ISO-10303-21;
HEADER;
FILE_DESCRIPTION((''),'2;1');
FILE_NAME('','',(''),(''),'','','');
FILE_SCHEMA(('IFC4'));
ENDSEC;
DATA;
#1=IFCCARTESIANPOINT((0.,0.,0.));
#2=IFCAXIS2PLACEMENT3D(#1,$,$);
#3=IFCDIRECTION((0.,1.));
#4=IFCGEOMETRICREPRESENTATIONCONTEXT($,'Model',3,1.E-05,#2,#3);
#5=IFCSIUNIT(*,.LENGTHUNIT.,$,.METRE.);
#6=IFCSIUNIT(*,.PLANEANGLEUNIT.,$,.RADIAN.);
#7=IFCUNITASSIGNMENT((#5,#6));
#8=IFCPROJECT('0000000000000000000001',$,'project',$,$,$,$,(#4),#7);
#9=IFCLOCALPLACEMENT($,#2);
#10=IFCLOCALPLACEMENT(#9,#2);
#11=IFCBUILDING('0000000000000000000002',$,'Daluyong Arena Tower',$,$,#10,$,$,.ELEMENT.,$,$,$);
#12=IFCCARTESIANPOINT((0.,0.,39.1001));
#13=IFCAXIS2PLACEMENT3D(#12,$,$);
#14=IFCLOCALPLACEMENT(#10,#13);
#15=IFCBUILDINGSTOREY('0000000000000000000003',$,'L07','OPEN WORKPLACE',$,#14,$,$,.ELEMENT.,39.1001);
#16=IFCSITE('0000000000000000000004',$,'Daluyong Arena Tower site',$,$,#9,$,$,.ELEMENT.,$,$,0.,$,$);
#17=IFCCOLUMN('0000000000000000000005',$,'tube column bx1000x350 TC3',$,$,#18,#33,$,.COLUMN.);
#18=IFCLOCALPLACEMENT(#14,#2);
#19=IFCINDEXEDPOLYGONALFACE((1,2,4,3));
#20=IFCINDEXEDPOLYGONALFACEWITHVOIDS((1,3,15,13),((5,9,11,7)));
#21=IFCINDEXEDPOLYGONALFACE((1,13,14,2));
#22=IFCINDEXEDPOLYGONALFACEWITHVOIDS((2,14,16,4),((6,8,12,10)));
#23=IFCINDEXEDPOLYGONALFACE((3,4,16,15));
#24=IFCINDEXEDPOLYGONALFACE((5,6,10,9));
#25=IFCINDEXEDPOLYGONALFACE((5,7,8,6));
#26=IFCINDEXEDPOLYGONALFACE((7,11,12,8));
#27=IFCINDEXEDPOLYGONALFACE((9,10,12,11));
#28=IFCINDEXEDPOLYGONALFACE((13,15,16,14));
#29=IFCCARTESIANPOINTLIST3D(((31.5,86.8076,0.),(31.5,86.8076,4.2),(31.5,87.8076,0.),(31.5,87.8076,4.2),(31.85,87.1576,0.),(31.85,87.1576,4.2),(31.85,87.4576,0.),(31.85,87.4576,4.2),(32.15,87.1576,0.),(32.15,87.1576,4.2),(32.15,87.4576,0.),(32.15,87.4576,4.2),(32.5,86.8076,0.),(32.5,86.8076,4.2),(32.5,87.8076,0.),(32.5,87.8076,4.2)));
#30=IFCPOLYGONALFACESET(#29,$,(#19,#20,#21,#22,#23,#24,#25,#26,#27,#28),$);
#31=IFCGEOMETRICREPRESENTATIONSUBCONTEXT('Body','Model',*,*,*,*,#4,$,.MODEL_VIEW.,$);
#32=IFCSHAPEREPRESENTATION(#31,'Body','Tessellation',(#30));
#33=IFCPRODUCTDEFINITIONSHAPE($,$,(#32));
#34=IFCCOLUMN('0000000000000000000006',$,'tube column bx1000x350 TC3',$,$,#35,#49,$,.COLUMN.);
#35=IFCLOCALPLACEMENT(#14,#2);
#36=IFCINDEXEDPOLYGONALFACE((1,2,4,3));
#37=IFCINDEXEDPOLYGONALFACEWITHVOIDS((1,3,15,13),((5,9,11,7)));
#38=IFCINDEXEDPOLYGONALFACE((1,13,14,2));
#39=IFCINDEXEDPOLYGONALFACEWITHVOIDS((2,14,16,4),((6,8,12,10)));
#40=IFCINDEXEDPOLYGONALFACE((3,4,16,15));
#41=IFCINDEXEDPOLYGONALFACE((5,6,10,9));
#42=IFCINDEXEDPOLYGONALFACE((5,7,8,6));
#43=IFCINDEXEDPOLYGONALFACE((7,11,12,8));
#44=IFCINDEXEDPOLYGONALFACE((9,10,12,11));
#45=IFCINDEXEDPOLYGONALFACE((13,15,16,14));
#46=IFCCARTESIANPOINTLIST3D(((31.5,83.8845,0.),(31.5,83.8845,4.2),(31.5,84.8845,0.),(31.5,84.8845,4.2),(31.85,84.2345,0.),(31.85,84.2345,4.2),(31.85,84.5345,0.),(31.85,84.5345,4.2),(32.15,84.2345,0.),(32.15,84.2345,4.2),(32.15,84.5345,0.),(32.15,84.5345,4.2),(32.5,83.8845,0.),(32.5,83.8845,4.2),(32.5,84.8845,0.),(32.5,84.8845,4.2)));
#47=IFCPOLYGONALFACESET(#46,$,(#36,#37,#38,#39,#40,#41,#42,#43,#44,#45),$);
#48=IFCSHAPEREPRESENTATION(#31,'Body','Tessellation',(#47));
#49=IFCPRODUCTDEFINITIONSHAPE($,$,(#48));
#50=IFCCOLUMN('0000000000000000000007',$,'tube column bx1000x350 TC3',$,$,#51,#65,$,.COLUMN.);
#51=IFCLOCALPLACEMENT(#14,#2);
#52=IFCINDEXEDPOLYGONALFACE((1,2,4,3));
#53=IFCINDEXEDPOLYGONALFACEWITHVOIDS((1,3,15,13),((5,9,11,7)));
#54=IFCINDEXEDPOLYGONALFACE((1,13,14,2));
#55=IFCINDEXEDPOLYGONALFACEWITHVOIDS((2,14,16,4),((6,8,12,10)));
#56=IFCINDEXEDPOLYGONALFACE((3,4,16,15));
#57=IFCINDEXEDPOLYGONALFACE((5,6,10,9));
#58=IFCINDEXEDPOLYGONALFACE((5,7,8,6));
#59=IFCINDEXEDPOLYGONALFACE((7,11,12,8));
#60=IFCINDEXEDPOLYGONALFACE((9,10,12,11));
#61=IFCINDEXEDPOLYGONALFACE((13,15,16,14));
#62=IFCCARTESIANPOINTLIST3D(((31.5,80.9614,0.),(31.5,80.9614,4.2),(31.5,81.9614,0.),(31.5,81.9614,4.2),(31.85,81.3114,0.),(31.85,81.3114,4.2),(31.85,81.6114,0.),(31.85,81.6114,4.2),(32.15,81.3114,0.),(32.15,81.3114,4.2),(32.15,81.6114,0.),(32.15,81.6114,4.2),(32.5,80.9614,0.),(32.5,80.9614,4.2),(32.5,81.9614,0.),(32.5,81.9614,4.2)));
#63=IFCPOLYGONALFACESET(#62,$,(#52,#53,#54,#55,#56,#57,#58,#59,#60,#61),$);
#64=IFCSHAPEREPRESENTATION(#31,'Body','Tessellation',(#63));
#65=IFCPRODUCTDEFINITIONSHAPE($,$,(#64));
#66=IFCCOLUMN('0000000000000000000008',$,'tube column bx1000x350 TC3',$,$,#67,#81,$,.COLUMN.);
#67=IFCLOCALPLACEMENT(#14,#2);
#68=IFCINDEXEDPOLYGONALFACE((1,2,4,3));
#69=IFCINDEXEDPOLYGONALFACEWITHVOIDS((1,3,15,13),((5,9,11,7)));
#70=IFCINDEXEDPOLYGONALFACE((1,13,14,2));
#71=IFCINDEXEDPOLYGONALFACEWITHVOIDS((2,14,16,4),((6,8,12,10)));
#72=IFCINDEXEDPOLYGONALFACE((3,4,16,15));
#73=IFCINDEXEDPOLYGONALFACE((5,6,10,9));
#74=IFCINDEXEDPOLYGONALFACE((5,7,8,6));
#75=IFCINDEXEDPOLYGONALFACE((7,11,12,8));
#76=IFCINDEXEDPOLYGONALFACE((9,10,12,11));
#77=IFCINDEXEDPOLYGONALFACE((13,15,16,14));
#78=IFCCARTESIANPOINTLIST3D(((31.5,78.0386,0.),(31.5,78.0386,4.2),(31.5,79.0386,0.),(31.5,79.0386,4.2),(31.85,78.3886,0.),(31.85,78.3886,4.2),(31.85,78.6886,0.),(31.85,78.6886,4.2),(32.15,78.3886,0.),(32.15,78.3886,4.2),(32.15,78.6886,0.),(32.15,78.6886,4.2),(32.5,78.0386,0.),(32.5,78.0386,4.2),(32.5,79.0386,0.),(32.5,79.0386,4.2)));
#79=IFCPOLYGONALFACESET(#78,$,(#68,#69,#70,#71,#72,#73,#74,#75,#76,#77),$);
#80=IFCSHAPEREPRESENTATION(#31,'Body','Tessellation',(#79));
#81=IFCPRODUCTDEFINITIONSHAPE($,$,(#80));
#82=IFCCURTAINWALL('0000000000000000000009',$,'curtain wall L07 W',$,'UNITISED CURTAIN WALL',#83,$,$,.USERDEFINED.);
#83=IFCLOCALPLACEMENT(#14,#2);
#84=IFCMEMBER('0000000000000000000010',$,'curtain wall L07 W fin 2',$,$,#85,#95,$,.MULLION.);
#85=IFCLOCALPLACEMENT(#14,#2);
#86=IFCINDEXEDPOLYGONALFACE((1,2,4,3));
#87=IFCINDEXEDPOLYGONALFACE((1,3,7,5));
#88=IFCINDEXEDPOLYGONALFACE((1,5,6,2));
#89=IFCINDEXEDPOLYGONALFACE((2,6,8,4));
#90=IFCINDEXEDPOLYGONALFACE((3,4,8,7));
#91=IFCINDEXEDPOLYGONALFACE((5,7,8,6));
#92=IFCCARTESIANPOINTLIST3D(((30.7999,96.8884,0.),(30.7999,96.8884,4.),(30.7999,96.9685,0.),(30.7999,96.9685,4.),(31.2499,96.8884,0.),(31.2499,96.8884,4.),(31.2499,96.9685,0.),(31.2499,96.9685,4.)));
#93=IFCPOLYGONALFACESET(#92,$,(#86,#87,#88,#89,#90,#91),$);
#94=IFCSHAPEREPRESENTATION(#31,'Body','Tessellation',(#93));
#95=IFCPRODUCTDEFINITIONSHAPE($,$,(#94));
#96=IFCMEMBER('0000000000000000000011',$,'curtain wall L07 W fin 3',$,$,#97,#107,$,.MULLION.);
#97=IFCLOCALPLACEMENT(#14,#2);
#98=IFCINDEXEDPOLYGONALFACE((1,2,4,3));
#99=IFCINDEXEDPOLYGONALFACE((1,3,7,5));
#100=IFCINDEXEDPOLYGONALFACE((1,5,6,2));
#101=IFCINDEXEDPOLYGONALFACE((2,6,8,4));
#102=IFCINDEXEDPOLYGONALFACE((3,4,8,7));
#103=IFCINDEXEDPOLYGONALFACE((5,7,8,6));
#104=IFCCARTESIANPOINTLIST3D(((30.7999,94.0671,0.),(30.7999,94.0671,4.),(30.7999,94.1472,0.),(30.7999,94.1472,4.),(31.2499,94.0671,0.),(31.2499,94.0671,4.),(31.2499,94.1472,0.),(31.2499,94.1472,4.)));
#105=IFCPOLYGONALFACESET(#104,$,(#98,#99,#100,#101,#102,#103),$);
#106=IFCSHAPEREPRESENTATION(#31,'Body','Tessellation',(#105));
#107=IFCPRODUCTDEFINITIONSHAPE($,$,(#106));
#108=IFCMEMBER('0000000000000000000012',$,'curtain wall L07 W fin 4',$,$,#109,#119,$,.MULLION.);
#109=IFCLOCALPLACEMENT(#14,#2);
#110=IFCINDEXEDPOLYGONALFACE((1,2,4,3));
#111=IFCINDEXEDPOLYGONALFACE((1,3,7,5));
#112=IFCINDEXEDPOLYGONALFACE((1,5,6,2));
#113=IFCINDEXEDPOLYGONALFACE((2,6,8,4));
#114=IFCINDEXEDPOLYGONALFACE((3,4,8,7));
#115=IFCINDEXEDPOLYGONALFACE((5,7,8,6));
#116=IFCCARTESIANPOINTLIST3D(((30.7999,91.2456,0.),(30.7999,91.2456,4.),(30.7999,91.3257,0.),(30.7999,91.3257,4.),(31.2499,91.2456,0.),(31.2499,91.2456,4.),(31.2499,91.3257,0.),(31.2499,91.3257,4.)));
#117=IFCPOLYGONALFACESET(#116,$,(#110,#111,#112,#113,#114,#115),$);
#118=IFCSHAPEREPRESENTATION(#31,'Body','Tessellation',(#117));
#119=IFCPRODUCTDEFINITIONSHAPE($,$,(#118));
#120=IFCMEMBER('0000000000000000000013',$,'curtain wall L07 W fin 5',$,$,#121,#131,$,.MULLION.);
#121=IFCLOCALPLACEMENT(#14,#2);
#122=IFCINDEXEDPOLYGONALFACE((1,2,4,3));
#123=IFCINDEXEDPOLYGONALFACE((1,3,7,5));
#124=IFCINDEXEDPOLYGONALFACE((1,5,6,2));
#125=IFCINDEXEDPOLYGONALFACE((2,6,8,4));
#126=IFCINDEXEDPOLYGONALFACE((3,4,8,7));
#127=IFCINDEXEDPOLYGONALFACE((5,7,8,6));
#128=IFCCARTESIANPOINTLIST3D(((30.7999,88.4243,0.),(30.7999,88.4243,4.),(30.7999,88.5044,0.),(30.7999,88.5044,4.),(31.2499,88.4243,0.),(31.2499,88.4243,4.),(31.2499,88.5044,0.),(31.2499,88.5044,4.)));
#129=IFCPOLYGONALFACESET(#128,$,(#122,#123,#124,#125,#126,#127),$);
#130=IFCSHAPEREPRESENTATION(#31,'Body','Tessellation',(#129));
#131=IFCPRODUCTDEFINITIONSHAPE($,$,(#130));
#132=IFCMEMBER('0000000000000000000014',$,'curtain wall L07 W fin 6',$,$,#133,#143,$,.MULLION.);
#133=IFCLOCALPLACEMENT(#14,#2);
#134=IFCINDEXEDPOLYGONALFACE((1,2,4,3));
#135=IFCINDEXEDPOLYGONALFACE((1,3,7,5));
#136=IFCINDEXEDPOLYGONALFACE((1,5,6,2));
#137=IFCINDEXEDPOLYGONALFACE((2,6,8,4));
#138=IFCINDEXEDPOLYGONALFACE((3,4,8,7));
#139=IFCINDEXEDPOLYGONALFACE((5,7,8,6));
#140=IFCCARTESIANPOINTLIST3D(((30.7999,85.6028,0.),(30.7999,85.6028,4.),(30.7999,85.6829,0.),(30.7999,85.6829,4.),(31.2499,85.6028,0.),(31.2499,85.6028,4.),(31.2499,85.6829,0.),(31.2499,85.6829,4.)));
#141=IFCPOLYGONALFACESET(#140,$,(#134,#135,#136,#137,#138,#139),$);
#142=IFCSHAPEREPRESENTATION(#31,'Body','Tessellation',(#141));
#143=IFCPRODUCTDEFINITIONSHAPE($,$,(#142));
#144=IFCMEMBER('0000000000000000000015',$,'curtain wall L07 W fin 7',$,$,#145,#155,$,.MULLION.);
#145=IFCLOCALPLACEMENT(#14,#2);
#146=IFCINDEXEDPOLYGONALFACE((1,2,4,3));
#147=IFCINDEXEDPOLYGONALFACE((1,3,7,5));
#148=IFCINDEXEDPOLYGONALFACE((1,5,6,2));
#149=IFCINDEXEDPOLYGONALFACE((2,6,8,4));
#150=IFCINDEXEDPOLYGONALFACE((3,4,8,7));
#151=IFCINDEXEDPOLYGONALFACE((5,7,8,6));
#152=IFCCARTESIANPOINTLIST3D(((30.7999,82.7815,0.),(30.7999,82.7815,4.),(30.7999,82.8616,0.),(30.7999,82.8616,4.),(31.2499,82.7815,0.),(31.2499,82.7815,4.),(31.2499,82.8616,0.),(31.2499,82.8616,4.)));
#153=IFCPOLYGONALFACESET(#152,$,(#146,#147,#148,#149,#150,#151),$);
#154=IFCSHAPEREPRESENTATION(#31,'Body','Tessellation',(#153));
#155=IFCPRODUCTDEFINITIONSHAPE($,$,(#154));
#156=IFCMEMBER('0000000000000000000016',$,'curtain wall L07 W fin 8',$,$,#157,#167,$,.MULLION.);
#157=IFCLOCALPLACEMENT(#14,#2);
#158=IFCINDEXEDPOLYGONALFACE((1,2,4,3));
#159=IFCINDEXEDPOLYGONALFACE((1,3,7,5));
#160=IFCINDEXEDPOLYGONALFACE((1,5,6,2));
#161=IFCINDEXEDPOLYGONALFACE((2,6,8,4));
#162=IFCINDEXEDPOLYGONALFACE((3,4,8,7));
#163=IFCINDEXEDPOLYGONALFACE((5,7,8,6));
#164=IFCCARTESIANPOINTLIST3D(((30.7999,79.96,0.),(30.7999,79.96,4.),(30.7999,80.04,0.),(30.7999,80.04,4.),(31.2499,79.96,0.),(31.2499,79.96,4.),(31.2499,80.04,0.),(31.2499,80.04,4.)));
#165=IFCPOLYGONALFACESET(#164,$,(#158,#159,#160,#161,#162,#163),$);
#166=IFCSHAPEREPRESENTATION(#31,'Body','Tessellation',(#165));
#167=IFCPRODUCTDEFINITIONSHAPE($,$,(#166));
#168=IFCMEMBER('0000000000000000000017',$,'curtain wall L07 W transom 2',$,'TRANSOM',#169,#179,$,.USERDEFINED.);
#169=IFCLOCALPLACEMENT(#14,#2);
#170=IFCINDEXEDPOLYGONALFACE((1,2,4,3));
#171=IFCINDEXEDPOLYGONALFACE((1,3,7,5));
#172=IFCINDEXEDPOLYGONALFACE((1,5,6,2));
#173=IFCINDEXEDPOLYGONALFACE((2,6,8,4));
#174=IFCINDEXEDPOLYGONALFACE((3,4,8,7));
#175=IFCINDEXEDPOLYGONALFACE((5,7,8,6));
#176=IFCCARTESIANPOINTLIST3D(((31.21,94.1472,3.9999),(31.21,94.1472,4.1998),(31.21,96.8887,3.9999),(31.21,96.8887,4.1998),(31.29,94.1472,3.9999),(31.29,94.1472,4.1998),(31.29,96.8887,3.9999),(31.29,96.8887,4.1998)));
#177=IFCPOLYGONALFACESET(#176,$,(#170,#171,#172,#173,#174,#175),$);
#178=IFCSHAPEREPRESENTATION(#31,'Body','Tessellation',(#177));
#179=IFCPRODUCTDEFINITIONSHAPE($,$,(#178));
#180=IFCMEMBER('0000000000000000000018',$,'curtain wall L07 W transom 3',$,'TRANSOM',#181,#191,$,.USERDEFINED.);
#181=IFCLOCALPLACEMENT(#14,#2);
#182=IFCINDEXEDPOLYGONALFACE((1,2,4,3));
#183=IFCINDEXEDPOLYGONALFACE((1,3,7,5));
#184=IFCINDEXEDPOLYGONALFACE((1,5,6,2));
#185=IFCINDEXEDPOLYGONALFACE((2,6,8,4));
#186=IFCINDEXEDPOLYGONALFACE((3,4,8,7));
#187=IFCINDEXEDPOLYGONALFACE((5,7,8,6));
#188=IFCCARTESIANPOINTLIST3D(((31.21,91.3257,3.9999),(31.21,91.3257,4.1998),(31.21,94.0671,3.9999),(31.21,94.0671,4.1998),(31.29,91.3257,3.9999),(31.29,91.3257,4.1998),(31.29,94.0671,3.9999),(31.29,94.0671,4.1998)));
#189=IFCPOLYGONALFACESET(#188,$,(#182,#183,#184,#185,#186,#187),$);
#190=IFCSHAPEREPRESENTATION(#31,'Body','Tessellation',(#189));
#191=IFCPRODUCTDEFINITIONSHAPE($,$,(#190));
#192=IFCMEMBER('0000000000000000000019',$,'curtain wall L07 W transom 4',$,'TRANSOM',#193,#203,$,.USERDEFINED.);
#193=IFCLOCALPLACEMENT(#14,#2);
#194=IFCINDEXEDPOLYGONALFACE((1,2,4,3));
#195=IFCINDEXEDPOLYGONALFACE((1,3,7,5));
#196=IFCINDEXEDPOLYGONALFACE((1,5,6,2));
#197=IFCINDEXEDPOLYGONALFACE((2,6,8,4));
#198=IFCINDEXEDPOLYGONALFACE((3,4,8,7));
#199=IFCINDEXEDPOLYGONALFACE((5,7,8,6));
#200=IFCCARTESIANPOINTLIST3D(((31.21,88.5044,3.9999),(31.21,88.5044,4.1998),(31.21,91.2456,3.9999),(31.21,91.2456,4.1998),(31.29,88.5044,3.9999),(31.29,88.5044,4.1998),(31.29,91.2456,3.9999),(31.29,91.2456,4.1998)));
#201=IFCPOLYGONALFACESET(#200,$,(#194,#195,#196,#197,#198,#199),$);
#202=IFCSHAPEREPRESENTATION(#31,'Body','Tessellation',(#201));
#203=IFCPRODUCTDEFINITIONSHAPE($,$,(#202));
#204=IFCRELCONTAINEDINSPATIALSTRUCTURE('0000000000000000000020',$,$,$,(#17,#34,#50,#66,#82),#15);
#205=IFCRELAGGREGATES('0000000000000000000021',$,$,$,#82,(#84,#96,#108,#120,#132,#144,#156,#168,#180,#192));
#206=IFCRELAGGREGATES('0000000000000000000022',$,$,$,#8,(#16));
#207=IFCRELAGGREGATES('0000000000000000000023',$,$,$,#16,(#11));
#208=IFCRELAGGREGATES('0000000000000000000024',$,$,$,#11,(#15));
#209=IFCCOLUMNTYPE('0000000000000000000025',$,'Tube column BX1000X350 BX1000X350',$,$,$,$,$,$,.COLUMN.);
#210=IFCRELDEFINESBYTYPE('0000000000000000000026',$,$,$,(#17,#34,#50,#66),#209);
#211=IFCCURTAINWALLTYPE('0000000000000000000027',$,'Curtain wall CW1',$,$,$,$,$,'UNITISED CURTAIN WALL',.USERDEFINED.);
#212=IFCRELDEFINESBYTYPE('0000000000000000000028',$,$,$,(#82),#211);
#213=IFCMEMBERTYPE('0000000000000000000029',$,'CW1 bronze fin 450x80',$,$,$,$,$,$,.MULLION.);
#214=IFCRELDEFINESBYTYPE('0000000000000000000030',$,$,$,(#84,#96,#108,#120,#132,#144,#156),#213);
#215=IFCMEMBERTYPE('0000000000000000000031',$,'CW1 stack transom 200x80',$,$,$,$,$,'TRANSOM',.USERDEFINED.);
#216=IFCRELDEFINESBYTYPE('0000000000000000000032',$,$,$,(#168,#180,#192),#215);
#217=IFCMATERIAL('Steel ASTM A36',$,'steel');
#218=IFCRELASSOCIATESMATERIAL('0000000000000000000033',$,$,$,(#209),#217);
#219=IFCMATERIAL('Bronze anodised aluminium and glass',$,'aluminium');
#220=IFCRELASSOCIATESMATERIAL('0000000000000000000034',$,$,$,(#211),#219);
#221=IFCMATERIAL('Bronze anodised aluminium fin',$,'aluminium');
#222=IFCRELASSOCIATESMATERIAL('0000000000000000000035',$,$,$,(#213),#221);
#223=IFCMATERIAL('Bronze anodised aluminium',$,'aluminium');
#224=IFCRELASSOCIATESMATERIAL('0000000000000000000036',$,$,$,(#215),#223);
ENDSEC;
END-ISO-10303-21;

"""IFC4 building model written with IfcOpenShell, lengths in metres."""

from ifc_helpers import new_model, si_unit, direction, frame, origin, origin_2d, place, context, subcontext, project, spatial, rectangle, hollow_rectangle, extrude, material, material_profile, profile_set, type_object, element, aggregate, save


model = new_model("IFC4")

# Units and contexts
model_context = context("Model", 3, precision=1e-05, world=origin(), true_north=direction((0.0, 1.0)))
body_context = subcontext(model_context, "Body", "Model", "MODEL_VIEW")
ifc_project = project(units=[si_unit("LENGTHUNIT", "METRE"), si_unit("PLANEANGLEUNIT", "RADIAN")], contexts=[model_context])

# Site, building, storey
site_placement = place(None, origin())
site = spatial("IfcSite", under=ifc_project, at=site_placement, Name="Daluyong Arena Tower site", CompositionType="ELEMENT", RefElevation=0.0)
building_placement = place(site_placement, origin())
building = spatial("IfcBuilding", under=site, at=building_placement, Name="Daluyong Arena Tower", CompositionType="ELEMENT")
storey_placement = place(building_placement, frame((0.0, 0.0, 39.1001)))
storey = spatial("IfcBuildingStorey", under=building, at=storey_placement, Name="L07", Description="OPEN WORKPLACE", CompositionType="ELEMENT", Elevation=39.1001)

# Columns
ifc_material_1 = material(Name="Steel ASTM A36", Category="steel")
ifc_material_profile_1 = material_profile(ifc_material_1, hollow_rectangle(XDim=1.0, YDim=1.0, WallThickness=0.35, at=origin_2d()))
ifc_profile_set_1 = profile_set([ifc_material_profile_1], Name="Steel ASTM A36")
column_type = type_object("IfcColumnType", Name="Tube column BX1000X350 BX1000X350", PredefinedType="COLUMN", material=ifc_profile_set_1)
for number, where, z_axis, x_axis, name in (
    (1, (32.0, 87.3076, 0.0), (0.0, 0.0, 1.0), (0.0, 1.0, 0.0), "tube column bx1000x350 TC3"),
    (2, (32.0, 84.3845, 0.0), (0.0, 0.0, 1.0), (0.0, 1.0, 0.0), "tube column bx1000x350 TC3"),
    (3, (32.0, 81.4614, 0.0), (0.0, 0.0, 1.0), (0.0, 1.0, 0.0), "tube column bx1000x350 TC3"),
    (4, (32.0, 78.5386, 0.0), (0.0, 0.0, 1.0), (0.0, 1.0, 0.0), "tube column bx1000x350 TC3"),
):
    element("IfcColumn", number, at=place(storey_placement, frame(where, z_axis=z_axis, x_axis=x_axis)), inside=storey, type_object=column_type, Name=name, PredefinedType="COLUMN", context=body_context, shape_type="SweptSolid", body=[
        extrude(hollow_rectangle(XDim=1.0, YDim=1.0, WallThickness=0.35, at=origin_2d()), origin(), (0.0, 0.0, 1.0), 4.2),
    ])

# Curtain wall, members
ifc_material_2 = material(Name="Bronze anodised aluminium and glass", Category="aluminium")
curtain_wall_type = type_object("IfcCurtainWallType", Name="Curtain wall CW1", ElementType="UNITISED CURTAIN WALL", PredefinedType="USERDEFINED", material=ifc_material_2)
curtain_wall_placement = place(storey_placement, origin())
curtain_wall = element("IfcCurtainWall", 5, at=curtain_wall_placement, inside=storey, type_object=curtain_wall_type, Name="curtain wall L07 W", ObjectType="UNITISED CURTAIN WALL", PredefinedType="USERDEFINED")
ifc_material_3 = material(Name="Bronze anodised aluminium fin", Category="aluminium")
ifc_material_profile_2 = material_profile(ifc_material_3, rectangle(XDim=0.45, YDim=0.0801, at=origin_2d()))
ifc_profile_set_2 = profile_set([ifc_material_profile_2], Name="Bronze anodised aluminium fin")
member_type_1 = type_object("IfcMemberType", Name="CW1 bronze fin 450x80", PredefinedType="MULLION", material=ifc_profile_set_2)
member_1_placement = place(storey_placement, frame((31.0249, 96.9285, 0.0), z_axis=(0.0, 0.0, 1.0), x_axis=(1.0, 0.0, 0.0)))
member_1 = element("IfcMember", 6, at=member_1_placement, type_object=member_type_1, Name="curtain wall L07 W fin 2", PredefinedType="MULLION", context=body_context, shape_type="SweptSolid", body=[
    extrude(rectangle(XDim=0.45, YDim=0.0801, at=origin_2d()), origin(), (0.0, 0.0, 1.0), 4.0),
])
member_2_placement = place(storey_placement, frame((31.0249, 94.1072, 0.0), z_axis=(0.0, 0.0, 1.0), x_axis=(1.0, 0.0, 0.0)))
member_2 = element("IfcMember", 7, at=member_2_placement, type_object=member_type_1, Name="curtain wall L07 W fin 3", PredefinedType="MULLION", context=body_context, shape_type="SweptSolid", body=[
    extrude(rectangle(XDim=0.45, YDim=0.0801, at=origin_2d()), origin(), (0.0, 0.0, 1.0), 4.0),
])
member_3_placement = place(storey_placement, frame((31.0249, 91.2856, 0.0), z_axis=(0.0, 0.0, 1.0), x_axis=(1.0, 0.0, 0.0)))
member_3 = element("IfcMember", 8, at=member_3_placement, type_object=member_type_1, Name="curtain wall L07 W fin 4", PredefinedType="MULLION", context=body_context, shape_type="SweptSolid", body=[
    extrude(rectangle(XDim=0.45, YDim=0.0801, at=origin_2d()), origin(), (0.0, 0.0, 1.0), 4.0),
])
member_4_placement = place(storey_placement, frame((31.0249, 88.4644, 0.0), z_axis=(0.0, 0.0, 1.0), x_axis=(1.0, 0.0, 0.0)))
member_4 = element("IfcMember", 9, at=member_4_placement, type_object=member_type_1, Name="curtain wall L07 W fin 5", PredefinedType="MULLION", context=body_context, shape_type="SweptSolid", body=[
    extrude(rectangle(XDim=0.45, YDim=0.0801, at=origin_2d()), origin(), (0.0, 0.0, 1.0), 4.0),
])
member_5_placement = place(storey_placement, frame((31.0249, 85.6428, 0.0), z_axis=(0.0, 0.0, 1.0), x_axis=(1.0, 0.0, 0.0)))
member_5 = element("IfcMember", 10, at=member_5_placement, type_object=member_type_1, Name="curtain wall L07 W fin 6", PredefinedType="MULLION", context=body_context, shape_type="SweptSolid", body=[
    extrude(rectangle(XDim=0.45, YDim=0.0801, at=origin_2d()), origin(), (0.0, 0.0, 1.0), 4.0),
])
member_6_placement = place(storey_placement, frame((31.0249, 82.8215, 0.0), z_axis=(0.0, 0.0, 1.0), x_axis=(1.0, 0.0, 0.0)))
member_6 = element("IfcMember", 11, at=member_6_placement, type_object=member_type_1, Name="curtain wall L07 W fin 7", PredefinedType="MULLION", context=body_context, shape_type="SweptSolid", body=[
    extrude(rectangle(XDim=0.45, YDim=0.0801, at=origin_2d()), origin(), (0.0, 0.0, 1.0), 4.0),
])
member_7_placement = place(storey_placement, frame((31.0249, 80.0, 0.0), z_axis=(0.0, 0.0, 1.0), x_axis=(1.0, 0.0, 0.0)))
member_7 = element("IfcMember", 12, at=member_7_placement, type_object=member_type_1, Name="curtain wall L07 W fin 8", PredefinedType="MULLION", context=body_context, shape_type="SweptSolid", body=[
    extrude(rectangle(XDim=0.45, YDim=0.0801, at=origin_2d()), origin(), (0.0, 0.0, 1.0), 4.0),
])
ifc_material_4 = material(Name="Bronze anodised aluminium", Category="aluminium")
ifc_material_profile_3 = material_profile(ifc_material_4, rectangle(XDim=0.0801, YDim=0.2, at=origin_2d()))
ifc_profile_set_3 = profile_set([ifc_material_profile_3], Name="Bronze anodised aluminium")
member_type_2 = type_object("IfcMemberType", Name="CW1 stack transom 200x80", ElementType="TRANSOM", PredefinedType="USERDEFINED", material=ifc_profile_set_3)
member_8_placement = place(storey_placement, frame((31.25, 96.8887, 4.0999), z_axis=(0.0, -1.0, 0.0), x_axis=(1.0, 0.0, 0.0)))
member_8 = element("IfcMember", 13, at=member_8_placement, type_object=member_type_2, Name="curtain wall L07 W transom 2", ObjectType="TRANSOM", PredefinedType="USERDEFINED", context=body_context, shape_type="SweptSolid", body=[
    extrude(rectangle(XDim=0.0801, YDim=0.2, at=origin_2d()), origin(), (0.0, 0.0, 1.0), 2.7415),
])
member_9_placement = place(storey_placement, frame((31.25, 94.0671, 4.0999), z_axis=(0.0, -1.0, 0.0), x_axis=(1.0, 0.0, 0.0)))
member_9 = element("IfcMember", 14, at=member_9_placement, type_object=member_type_2, Name="curtain wall L07 W transom 3", ObjectType="TRANSOM", PredefinedType="USERDEFINED", context=body_context, shape_type="SweptSolid", body=[
    extrude(rectangle(XDim=0.0801, YDim=0.2, at=origin_2d()), origin(), (0.0, 0.0, 1.0), 2.7415),
])
member_10_placement = place(storey_placement, frame((31.25, 91.2456, 4.0999), z_axis=(0.0, -1.0, 0.0), x_axis=(1.0, 0.0, 0.0)))
member_10 = element("IfcMember", 15, at=member_10_placement, type_object=member_type_2, Name="curtain wall L07 W transom 4", ObjectType="TRANSOM", PredefinedType="USERDEFINED", context=body_context, shape_type="SweptSolid", body=[
    extrude(rectangle(XDim=0.0801, YDim=0.2, at=origin_2d()), origin(), (0.0, 0.0, 1.0), 2.7412),
])

aggregate(curtain_wall, [member_1, member_2, member_3, member_4, member_5, member_6, member_7, member_8, member_9, member_10])

save(model, "model.ifc")
